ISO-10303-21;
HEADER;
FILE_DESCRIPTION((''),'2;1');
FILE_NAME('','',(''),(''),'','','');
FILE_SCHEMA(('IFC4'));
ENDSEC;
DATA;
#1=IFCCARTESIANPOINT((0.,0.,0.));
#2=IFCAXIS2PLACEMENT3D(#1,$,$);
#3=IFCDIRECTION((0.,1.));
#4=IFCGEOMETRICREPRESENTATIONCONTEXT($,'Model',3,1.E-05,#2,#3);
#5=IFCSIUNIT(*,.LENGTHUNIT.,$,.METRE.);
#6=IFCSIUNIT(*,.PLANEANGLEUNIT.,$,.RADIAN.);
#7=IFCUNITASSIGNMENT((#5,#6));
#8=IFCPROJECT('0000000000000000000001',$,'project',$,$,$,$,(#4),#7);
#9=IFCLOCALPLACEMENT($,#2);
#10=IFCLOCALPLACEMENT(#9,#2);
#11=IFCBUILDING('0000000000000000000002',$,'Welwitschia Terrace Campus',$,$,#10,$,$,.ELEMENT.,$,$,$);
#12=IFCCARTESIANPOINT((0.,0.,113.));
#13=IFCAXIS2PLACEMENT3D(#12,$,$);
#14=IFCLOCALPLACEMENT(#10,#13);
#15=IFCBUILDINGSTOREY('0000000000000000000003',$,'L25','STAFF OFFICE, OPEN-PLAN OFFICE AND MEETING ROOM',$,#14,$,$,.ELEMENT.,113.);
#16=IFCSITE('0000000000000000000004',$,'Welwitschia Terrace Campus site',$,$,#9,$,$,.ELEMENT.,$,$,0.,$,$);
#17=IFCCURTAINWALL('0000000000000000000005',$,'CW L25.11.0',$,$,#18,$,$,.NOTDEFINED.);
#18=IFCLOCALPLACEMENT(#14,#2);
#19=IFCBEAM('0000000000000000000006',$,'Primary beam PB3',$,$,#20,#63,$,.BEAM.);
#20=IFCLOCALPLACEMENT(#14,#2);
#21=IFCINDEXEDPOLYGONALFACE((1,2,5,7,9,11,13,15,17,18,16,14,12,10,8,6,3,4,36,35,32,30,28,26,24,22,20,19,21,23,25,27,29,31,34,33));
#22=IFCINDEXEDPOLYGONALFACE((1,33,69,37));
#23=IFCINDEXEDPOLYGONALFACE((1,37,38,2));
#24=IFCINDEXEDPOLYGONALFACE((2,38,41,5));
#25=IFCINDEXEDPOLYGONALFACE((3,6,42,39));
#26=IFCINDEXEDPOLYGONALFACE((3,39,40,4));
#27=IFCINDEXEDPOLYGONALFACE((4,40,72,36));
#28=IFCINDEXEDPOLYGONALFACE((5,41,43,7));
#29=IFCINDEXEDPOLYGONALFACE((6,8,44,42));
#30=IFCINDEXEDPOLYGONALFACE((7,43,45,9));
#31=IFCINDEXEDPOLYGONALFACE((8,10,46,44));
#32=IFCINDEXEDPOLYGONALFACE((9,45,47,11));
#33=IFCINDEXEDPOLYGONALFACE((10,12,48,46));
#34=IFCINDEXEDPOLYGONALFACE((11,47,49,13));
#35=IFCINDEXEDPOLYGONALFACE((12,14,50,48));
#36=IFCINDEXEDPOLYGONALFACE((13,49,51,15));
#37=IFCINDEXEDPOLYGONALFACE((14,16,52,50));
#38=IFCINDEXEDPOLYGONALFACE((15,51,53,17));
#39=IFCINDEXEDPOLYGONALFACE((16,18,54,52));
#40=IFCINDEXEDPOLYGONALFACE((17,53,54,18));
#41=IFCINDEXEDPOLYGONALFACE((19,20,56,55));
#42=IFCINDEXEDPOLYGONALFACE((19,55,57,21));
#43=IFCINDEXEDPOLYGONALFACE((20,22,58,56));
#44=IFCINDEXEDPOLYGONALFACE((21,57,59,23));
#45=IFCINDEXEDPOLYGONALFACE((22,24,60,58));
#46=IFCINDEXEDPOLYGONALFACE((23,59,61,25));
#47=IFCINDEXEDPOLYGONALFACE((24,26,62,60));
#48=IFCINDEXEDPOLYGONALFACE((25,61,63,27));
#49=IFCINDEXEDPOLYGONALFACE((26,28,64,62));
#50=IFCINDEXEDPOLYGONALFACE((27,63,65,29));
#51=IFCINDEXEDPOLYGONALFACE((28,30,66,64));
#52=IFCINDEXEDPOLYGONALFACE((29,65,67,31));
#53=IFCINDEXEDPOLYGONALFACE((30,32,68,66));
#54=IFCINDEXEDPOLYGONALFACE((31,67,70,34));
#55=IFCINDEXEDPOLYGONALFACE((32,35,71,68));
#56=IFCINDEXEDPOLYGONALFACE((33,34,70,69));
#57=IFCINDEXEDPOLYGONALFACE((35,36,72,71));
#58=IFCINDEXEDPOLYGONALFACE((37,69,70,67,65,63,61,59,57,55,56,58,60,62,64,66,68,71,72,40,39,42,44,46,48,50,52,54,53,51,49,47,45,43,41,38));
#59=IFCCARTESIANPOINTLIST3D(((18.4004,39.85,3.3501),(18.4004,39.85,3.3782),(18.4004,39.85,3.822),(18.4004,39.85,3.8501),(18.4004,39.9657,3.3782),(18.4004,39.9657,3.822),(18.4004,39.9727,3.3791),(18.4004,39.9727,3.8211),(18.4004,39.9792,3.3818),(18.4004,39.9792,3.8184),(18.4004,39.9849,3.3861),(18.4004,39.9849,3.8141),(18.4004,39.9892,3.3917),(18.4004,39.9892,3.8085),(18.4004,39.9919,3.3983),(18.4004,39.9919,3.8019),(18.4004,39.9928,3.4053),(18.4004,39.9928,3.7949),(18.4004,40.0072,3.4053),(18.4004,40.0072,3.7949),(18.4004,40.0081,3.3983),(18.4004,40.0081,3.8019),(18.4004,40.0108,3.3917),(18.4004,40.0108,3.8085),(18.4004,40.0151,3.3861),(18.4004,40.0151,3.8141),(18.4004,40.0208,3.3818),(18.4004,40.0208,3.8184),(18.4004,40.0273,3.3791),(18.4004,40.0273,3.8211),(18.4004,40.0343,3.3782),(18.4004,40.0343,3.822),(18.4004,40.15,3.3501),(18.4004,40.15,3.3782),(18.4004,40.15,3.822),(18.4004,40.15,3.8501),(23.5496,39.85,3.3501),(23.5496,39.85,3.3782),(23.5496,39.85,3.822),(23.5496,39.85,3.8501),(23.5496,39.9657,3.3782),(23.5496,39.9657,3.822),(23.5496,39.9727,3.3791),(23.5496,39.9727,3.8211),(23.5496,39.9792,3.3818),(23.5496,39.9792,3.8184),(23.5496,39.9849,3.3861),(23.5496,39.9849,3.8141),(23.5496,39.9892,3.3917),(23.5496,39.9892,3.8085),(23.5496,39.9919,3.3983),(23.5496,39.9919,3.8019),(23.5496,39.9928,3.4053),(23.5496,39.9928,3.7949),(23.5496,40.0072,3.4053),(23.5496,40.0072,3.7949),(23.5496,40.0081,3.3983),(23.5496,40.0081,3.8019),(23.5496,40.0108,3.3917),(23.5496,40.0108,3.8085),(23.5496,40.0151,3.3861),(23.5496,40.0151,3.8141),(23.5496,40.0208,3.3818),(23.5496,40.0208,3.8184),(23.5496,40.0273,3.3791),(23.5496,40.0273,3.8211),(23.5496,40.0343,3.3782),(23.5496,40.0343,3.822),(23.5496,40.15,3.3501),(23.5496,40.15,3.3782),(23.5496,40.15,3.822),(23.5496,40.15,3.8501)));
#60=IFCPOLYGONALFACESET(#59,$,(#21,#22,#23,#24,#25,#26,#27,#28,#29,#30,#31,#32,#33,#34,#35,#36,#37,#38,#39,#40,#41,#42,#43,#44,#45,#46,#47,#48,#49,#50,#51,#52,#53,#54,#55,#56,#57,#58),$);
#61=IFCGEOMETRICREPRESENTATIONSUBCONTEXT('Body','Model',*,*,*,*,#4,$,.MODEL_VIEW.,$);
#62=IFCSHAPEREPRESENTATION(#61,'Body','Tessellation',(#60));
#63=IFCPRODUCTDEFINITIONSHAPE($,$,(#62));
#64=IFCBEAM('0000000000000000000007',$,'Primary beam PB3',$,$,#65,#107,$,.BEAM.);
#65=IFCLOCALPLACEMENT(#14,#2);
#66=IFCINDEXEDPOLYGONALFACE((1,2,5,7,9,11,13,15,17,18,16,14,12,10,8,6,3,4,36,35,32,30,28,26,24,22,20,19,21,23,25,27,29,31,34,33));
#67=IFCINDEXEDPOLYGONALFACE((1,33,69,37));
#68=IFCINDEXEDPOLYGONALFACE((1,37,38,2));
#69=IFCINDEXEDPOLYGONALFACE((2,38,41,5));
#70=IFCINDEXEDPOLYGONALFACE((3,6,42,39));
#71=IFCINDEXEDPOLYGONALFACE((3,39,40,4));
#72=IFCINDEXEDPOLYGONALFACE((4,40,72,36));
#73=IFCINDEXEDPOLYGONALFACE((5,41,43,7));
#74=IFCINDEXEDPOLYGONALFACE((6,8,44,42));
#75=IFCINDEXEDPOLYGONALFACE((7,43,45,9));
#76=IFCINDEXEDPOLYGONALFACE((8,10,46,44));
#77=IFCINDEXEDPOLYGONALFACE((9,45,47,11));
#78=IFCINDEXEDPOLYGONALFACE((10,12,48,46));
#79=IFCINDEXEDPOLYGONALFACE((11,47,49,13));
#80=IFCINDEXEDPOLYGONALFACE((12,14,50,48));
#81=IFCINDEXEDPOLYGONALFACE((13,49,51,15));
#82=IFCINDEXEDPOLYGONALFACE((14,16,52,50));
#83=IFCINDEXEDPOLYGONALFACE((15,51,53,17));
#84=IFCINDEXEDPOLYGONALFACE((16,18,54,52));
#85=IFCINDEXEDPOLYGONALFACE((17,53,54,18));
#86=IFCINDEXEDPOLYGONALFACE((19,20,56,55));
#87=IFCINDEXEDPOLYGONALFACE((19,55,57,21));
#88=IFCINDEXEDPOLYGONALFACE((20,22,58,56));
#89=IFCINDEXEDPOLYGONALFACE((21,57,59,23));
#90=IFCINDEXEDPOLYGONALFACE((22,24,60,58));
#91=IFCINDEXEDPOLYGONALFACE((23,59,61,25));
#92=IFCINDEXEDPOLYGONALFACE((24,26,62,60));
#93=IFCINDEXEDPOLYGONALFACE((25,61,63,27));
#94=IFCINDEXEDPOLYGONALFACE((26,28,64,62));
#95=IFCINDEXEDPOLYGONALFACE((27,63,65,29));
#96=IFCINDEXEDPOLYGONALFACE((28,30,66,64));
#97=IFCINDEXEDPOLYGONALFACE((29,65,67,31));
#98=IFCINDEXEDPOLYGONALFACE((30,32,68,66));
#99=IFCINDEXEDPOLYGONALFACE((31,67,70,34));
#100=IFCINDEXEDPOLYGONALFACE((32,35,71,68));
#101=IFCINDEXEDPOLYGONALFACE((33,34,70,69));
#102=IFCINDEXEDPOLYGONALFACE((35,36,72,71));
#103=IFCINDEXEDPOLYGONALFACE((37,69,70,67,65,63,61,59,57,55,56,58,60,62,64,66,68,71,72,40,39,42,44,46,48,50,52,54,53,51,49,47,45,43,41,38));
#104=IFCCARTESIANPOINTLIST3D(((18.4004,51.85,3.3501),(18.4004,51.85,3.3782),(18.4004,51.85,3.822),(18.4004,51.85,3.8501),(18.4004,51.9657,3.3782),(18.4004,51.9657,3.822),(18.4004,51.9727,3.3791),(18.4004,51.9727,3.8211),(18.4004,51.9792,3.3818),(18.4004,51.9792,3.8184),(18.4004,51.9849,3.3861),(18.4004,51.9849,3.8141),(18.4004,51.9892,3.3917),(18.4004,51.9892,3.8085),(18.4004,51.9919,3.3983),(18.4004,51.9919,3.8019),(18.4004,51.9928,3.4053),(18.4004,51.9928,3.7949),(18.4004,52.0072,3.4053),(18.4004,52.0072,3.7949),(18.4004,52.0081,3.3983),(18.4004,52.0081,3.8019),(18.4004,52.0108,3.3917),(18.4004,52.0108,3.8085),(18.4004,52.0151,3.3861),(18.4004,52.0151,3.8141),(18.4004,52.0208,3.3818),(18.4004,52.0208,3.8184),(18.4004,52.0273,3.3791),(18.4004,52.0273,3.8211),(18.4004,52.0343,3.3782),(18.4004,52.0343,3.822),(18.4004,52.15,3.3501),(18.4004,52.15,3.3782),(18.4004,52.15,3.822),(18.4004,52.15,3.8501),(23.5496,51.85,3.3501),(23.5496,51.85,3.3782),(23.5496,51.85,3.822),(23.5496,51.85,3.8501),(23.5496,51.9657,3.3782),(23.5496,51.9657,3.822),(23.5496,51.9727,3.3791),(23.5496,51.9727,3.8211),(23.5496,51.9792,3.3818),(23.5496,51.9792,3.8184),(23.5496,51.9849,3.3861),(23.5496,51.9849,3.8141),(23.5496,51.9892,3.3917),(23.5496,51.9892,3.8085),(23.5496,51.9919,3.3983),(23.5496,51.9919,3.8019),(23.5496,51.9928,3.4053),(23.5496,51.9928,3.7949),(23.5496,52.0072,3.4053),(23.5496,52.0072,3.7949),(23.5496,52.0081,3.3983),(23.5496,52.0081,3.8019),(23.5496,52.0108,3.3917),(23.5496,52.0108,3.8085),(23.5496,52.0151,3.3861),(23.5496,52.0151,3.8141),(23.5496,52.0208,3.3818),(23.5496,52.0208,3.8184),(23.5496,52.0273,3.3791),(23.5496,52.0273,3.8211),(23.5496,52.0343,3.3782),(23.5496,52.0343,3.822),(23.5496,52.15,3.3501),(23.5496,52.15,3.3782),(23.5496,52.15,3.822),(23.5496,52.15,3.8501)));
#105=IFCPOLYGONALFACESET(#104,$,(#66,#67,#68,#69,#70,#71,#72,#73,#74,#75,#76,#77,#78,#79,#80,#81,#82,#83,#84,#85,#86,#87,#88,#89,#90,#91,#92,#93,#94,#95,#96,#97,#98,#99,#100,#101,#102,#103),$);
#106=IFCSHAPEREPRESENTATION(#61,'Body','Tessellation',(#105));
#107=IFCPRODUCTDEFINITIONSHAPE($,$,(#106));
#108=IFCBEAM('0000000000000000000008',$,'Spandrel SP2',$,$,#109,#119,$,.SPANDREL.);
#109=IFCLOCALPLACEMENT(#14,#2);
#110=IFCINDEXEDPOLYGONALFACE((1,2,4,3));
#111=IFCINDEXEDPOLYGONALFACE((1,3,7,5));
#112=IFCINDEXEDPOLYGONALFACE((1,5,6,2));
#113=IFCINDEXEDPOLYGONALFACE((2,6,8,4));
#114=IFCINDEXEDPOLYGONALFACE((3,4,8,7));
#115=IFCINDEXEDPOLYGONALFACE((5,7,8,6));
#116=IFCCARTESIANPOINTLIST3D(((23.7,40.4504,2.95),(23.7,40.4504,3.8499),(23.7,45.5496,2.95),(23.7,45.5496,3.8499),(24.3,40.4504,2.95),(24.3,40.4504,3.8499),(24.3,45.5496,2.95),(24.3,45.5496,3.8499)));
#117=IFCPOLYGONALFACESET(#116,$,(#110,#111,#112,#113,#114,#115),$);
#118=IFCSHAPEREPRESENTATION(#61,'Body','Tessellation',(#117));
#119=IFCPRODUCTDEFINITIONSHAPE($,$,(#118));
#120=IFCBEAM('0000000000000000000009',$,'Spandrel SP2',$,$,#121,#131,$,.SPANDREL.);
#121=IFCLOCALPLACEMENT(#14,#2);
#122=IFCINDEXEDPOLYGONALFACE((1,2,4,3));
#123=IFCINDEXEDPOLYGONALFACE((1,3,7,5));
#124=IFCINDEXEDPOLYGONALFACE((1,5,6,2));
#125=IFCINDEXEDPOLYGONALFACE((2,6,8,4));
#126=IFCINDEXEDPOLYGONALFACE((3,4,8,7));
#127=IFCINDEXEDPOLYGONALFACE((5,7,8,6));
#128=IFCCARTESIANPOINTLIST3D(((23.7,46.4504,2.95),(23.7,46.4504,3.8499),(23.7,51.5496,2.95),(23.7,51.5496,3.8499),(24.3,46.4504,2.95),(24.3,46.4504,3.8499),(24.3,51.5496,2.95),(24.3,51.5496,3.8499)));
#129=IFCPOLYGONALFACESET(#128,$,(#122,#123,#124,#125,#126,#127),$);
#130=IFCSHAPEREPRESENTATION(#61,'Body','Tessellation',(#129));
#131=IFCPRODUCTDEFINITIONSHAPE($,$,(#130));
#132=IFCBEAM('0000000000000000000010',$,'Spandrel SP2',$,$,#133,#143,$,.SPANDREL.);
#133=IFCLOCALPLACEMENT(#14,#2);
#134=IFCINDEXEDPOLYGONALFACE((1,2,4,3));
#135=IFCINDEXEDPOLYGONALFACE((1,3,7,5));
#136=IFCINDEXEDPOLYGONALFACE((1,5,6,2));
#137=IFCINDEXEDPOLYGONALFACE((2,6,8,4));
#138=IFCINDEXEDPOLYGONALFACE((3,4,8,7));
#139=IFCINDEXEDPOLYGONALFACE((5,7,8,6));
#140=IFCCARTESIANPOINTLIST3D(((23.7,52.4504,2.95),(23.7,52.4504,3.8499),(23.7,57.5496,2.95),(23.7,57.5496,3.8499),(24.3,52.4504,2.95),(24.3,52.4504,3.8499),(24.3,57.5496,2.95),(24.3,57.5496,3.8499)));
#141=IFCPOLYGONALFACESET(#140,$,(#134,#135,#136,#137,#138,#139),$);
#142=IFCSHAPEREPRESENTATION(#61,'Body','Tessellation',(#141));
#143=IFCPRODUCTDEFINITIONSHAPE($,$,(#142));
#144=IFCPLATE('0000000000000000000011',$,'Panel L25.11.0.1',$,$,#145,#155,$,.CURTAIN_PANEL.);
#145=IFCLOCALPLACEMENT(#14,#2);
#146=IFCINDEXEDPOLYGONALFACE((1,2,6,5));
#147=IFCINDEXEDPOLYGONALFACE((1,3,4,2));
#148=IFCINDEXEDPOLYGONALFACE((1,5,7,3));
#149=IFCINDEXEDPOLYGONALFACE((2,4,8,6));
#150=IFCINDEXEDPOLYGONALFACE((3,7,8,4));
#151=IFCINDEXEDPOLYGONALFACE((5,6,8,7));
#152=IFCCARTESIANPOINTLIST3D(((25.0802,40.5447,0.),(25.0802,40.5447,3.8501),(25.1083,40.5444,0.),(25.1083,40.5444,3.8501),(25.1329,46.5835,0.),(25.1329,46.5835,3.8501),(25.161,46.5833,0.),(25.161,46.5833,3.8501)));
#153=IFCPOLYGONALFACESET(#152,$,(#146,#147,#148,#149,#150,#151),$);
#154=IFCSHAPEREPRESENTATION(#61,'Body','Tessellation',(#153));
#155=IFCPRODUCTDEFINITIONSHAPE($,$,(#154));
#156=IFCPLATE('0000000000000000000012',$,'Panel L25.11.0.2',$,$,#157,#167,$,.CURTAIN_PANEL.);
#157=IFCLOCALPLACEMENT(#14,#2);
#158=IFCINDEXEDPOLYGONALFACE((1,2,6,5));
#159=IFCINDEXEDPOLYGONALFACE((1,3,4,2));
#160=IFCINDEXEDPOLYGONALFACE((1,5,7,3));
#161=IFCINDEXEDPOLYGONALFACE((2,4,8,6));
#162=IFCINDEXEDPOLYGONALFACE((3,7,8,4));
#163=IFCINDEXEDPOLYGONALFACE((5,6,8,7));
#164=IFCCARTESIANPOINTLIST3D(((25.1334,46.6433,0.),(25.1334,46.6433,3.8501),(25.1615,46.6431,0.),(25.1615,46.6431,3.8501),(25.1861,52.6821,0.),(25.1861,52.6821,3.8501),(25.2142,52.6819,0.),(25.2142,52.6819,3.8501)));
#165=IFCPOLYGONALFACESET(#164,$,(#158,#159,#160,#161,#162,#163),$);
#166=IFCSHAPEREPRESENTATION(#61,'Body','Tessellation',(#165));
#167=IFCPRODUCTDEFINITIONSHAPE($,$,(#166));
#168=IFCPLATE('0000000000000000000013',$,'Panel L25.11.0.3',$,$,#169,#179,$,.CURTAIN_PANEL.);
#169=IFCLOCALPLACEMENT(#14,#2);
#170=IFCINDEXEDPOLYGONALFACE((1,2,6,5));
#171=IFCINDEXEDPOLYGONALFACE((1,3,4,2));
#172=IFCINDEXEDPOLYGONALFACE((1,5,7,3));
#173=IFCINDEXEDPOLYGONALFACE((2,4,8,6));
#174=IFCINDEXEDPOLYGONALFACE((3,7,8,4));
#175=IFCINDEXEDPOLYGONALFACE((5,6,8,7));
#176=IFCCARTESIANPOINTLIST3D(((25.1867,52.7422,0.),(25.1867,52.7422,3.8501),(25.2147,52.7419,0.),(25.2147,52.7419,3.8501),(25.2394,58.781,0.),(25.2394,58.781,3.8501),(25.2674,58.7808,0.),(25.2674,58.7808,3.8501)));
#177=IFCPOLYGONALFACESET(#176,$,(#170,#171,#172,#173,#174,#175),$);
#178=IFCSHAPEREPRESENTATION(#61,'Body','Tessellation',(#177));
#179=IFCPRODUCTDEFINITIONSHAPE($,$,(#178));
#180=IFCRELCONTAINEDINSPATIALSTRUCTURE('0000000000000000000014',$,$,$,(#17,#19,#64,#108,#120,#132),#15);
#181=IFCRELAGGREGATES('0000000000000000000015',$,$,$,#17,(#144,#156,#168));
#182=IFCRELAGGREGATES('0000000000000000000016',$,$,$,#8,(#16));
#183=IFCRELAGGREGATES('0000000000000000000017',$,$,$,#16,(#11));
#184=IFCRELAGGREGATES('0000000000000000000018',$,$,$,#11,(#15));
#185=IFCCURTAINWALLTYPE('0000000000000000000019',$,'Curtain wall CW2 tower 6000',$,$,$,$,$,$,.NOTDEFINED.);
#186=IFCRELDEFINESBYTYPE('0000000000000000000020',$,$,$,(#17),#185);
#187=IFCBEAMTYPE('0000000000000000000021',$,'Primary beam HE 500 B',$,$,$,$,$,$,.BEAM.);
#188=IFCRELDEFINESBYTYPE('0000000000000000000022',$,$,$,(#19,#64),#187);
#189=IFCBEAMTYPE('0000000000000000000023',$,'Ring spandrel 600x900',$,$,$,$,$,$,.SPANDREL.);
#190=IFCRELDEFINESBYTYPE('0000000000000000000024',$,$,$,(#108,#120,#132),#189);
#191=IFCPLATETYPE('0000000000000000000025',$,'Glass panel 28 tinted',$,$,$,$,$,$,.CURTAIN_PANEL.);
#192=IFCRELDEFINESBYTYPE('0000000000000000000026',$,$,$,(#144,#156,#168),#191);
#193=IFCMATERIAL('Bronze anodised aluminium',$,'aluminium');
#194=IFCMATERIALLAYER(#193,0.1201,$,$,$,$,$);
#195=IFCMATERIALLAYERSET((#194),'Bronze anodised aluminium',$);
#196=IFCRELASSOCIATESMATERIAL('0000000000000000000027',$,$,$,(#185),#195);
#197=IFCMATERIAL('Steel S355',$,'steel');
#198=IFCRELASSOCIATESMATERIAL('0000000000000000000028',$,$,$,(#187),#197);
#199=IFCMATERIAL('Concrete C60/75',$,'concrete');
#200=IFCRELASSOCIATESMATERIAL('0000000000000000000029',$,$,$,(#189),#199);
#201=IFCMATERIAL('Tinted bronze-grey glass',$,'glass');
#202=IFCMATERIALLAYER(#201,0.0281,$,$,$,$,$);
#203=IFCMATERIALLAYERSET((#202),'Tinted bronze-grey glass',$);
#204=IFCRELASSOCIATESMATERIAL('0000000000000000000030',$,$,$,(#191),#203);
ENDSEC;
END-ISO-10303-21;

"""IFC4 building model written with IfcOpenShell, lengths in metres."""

from ifc_helpers import new_model, si_unit, direction, frame, origin, origin_2d, place, context, subcontext, project, spatial, rectangle, i_section, extrude, material, layer, layer_set, material_profile, profile_set, type_object, element, aggregate, save


model = new_model("IFC4")

# Units and contexts
model_context = context("Model", 3, precision=1e-05, world=origin(), true_north=direction((0.0, 1.0)))
body_context = subcontext(model_context, "Body", "Model", "MODEL_VIEW")
ifc_project = project(units=[si_unit("LENGTHUNIT", "METRE"), si_unit("PLANEANGLEUNIT", "RADIAN")], contexts=[model_context])

# Site, building, storey
site_placement = place(None, origin())
site = spatial("IfcSite", under=ifc_project, at=site_placement, Name="Welwitschia Terrace Campus site", CompositionType="ELEMENT", RefElevation=0.0)
building_placement = place(site_placement, origin())
building = spatial("IfcBuilding", under=site, at=building_placement, Name="Welwitschia Terrace Campus", CompositionType="ELEMENT")
storey_placement = place(building_placement, frame((0.0, 0.0, 113.0)))
storey = spatial("IfcBuildingStorey", under=building, at=storey_placement, Name="L25", Description="STAFF OFFICE, OPEN-PLAN OFFICE AND MEETING ROOM", CompositionType="ELEMENT", Elevation=113.0)

# Curtain wall
ifc_material_1 = material(Name="Bronze anodised aluminium", Category="aluminium")
ifc_layer_1 = layer(ifc_material_1, 0.1201)
ifc_layer_set_1 = layer_set([ifc_layer_1], Name="Bronze anodised aluminium")
curtain_wall_type = type_object("IfcCurtainWallType", Name="Curtain wall CW2 tower 6000", PredefinedType="NOTDEFINED", material=ifc_layer_set_1)
curtain_wall_placement = place(storey_placement, origin())
curtain_wall = element("IfcCurtainWall", 1, at=curtain_wall_placement, inside=storey, type_object=curtain_wall_type, Name="CW L25.11.0", PredefinedType="NOTDEFINED")

# Beams
ifc_material_2 = material(Name="Steel S355", Category="steel")
ifc_material_profile_1 = material_profile(ifc_material_2, i_section(OverallWidth=0.3, OverallDepth=0.5, WebThickness=0.0144, FlangeThickness=0.0281, FilletRadius=0.0271, at=origin_2d()))
ifc_profile_set_1 = profile_set([ifc_material_profile_1], Name="Steel S355")
beam_type_1 = type_object("IfcBeamType", Name="Primary beam HE 500 B", PredefinedType="BEAM", material=ifc_profile_set_1)
for number, where, z_axis, x_axis, name in (
    (2, (23.5496, 40.0, 3.6001), (-1.0, 0.0, 0.0), (0.0, -1.0, 0.0), "Primary beam PB3"),
    (3, (23.5496, 52.0, 3.6001), (-1.0, 0.0, 0.0), (0.0, -1.0, 0.0), "Primary beam PB3"),
):
    element("IfcBeam", number, at=place(storey_placement, frame(where, z_axis=z_axis, x_axis=x_axis)), inside=storey, type_object=beam_type_1, Name=name, PredefinedType="BEAM", context=body_context, shape_type="SweptSolid", body=[
        extrude(i_section(OverallWidth=0.3, OverallDepth=0.5, WebThickness=0.0144, FlangeThickness=0.0281, FilletRadius=0.0271, at=origin_2d()), origin(), (0.0, 0.0, 1.0), 5.1492),
    ])
ifc_material_3 = material(Name="Concrete C60/75", Category="concrete")
ifc_material_profile_2 = material_profile(ifc_material_3, rectangle(XDim=0.6001, YDim=0.8999, at=origin_2d()))
ifc_profile_set_2 = profile_set([ifc_material_profile_2], Name="Concrete C60/75")
beam_type_2 = type_object("IfcBeamType", Name="Ring spandrel 600x900", PredefinedType="SPANDREL", material=ifc_profile_set_2)
for number, where, z_axis, x_axis, name in (
    (4, (24.0, 40.4504, 3.3999), (0.0, 1.0, 0.0), (-1.0, 0.0, 0.0), "Spandrel SP2"),
    (5, (24.0, 46.4504, 3.3999), (0.0, 1.0, 0.0), (-1.0, 0.0, 0.0), "Spandrel SP2"),
    (6, (24.0, 52.4504, 3.3999), (0.0, 1.0, 0.0), (-1.0, 0.0, 0.0), "Spandrel SP2"),
):
    element("IfcBeam", number, at=place(storey_placement, frame(where, z_axis=z_axis, x_axis=x_axis)), inside=storey, type_object=beam_type_2, Name=name, PredefinedType="SPANDREL", context=body_context, shape_type="SweptSolid", body=[
        extrude(rectangle(XDim=0.6001, YDim=0.8999, at=origin_2d()), origin(), (0.0, 0.0, 1.0), 5.0991),
    ])

# Plates
ifc_material_4 = material(Name="Tinted bronze-grey glass", Category="glass")
ifc_layer_2 = layer(ifc_material_4, 0.0281)
ifc_layer_set_2 = layer_set([ifc_layer_2], Name="Tinted bronze-grey glass")
plate_type = type_object("IfcPlateType", Name="Glass panel 28 tinted", PredefinedType="CURTAIN_PANEL", material=ifc_layer_set_2)
plate_1_placement = place(storey_placement, frame((25.1206, 43.564, 0.0), z_axis=(0.0, 0.0, 1.0), x_axis=(0.008727, 0.999962, 0.0)))
plate_1 = element("IfcPlate", 7, at=plate_1_placement, type_object=plate_type, Name="Panel L25.11.0.1", PredefinedType="CURTAIN_PANEL", context=body_context, shape_type="SweptSolid", body=[
    extrude(rectangle(XDim=6.0391, YDim=0.0281, at=origin_2d()), origin(), (0.0, 0.0, 1.0), 3.8501),
])
plate_2_placement = place(storey_placement, frame((25.1738, 49.6626, 0.0), z_axis=(0.0, 0.0, 1.0), x_axis=(0.008727, 0.999962, 0.0)))
plate_2 = element("IfcPlate", 8, at=plate_2_placement, type_object=plate_type, Name="Panel L25.11.0.2", PredefinedType="CURTAIN_PANEL", context=body_context, shape_type="SweptSolid", body=[
    extrude(rectangle(XDim=6.0391, YDim=0.0281, at=origin_2d()), origin(), (0.0, 0.0, 1.0), 3.8501),
])
plate_3_placement = place(storey_placement, frame((25.2271, 55.7615, 0.0), z_axis=(0.0, 0.0, 1.0), x_axis=(0.008727, 0.999962, 0.0)))
plate_3 = element("IfcPlate", 9, at=plate_3_placement, type_object=plate_type, Name="Panel L25.11.0.3", PredefinedType="CURTAIN_PANEL", context=body_context, shape_type="SweptSolid", body=[
    extrude(rectangle(XDim=6.0391, YDim=0.0281, at=origin_2d()), origin(), (0.0, 0.0, 1.0), 3.8501),
])
aggregate(curtain_wall, [plate_1, plate_2, plate_3])

save(model, "model.ifc")
